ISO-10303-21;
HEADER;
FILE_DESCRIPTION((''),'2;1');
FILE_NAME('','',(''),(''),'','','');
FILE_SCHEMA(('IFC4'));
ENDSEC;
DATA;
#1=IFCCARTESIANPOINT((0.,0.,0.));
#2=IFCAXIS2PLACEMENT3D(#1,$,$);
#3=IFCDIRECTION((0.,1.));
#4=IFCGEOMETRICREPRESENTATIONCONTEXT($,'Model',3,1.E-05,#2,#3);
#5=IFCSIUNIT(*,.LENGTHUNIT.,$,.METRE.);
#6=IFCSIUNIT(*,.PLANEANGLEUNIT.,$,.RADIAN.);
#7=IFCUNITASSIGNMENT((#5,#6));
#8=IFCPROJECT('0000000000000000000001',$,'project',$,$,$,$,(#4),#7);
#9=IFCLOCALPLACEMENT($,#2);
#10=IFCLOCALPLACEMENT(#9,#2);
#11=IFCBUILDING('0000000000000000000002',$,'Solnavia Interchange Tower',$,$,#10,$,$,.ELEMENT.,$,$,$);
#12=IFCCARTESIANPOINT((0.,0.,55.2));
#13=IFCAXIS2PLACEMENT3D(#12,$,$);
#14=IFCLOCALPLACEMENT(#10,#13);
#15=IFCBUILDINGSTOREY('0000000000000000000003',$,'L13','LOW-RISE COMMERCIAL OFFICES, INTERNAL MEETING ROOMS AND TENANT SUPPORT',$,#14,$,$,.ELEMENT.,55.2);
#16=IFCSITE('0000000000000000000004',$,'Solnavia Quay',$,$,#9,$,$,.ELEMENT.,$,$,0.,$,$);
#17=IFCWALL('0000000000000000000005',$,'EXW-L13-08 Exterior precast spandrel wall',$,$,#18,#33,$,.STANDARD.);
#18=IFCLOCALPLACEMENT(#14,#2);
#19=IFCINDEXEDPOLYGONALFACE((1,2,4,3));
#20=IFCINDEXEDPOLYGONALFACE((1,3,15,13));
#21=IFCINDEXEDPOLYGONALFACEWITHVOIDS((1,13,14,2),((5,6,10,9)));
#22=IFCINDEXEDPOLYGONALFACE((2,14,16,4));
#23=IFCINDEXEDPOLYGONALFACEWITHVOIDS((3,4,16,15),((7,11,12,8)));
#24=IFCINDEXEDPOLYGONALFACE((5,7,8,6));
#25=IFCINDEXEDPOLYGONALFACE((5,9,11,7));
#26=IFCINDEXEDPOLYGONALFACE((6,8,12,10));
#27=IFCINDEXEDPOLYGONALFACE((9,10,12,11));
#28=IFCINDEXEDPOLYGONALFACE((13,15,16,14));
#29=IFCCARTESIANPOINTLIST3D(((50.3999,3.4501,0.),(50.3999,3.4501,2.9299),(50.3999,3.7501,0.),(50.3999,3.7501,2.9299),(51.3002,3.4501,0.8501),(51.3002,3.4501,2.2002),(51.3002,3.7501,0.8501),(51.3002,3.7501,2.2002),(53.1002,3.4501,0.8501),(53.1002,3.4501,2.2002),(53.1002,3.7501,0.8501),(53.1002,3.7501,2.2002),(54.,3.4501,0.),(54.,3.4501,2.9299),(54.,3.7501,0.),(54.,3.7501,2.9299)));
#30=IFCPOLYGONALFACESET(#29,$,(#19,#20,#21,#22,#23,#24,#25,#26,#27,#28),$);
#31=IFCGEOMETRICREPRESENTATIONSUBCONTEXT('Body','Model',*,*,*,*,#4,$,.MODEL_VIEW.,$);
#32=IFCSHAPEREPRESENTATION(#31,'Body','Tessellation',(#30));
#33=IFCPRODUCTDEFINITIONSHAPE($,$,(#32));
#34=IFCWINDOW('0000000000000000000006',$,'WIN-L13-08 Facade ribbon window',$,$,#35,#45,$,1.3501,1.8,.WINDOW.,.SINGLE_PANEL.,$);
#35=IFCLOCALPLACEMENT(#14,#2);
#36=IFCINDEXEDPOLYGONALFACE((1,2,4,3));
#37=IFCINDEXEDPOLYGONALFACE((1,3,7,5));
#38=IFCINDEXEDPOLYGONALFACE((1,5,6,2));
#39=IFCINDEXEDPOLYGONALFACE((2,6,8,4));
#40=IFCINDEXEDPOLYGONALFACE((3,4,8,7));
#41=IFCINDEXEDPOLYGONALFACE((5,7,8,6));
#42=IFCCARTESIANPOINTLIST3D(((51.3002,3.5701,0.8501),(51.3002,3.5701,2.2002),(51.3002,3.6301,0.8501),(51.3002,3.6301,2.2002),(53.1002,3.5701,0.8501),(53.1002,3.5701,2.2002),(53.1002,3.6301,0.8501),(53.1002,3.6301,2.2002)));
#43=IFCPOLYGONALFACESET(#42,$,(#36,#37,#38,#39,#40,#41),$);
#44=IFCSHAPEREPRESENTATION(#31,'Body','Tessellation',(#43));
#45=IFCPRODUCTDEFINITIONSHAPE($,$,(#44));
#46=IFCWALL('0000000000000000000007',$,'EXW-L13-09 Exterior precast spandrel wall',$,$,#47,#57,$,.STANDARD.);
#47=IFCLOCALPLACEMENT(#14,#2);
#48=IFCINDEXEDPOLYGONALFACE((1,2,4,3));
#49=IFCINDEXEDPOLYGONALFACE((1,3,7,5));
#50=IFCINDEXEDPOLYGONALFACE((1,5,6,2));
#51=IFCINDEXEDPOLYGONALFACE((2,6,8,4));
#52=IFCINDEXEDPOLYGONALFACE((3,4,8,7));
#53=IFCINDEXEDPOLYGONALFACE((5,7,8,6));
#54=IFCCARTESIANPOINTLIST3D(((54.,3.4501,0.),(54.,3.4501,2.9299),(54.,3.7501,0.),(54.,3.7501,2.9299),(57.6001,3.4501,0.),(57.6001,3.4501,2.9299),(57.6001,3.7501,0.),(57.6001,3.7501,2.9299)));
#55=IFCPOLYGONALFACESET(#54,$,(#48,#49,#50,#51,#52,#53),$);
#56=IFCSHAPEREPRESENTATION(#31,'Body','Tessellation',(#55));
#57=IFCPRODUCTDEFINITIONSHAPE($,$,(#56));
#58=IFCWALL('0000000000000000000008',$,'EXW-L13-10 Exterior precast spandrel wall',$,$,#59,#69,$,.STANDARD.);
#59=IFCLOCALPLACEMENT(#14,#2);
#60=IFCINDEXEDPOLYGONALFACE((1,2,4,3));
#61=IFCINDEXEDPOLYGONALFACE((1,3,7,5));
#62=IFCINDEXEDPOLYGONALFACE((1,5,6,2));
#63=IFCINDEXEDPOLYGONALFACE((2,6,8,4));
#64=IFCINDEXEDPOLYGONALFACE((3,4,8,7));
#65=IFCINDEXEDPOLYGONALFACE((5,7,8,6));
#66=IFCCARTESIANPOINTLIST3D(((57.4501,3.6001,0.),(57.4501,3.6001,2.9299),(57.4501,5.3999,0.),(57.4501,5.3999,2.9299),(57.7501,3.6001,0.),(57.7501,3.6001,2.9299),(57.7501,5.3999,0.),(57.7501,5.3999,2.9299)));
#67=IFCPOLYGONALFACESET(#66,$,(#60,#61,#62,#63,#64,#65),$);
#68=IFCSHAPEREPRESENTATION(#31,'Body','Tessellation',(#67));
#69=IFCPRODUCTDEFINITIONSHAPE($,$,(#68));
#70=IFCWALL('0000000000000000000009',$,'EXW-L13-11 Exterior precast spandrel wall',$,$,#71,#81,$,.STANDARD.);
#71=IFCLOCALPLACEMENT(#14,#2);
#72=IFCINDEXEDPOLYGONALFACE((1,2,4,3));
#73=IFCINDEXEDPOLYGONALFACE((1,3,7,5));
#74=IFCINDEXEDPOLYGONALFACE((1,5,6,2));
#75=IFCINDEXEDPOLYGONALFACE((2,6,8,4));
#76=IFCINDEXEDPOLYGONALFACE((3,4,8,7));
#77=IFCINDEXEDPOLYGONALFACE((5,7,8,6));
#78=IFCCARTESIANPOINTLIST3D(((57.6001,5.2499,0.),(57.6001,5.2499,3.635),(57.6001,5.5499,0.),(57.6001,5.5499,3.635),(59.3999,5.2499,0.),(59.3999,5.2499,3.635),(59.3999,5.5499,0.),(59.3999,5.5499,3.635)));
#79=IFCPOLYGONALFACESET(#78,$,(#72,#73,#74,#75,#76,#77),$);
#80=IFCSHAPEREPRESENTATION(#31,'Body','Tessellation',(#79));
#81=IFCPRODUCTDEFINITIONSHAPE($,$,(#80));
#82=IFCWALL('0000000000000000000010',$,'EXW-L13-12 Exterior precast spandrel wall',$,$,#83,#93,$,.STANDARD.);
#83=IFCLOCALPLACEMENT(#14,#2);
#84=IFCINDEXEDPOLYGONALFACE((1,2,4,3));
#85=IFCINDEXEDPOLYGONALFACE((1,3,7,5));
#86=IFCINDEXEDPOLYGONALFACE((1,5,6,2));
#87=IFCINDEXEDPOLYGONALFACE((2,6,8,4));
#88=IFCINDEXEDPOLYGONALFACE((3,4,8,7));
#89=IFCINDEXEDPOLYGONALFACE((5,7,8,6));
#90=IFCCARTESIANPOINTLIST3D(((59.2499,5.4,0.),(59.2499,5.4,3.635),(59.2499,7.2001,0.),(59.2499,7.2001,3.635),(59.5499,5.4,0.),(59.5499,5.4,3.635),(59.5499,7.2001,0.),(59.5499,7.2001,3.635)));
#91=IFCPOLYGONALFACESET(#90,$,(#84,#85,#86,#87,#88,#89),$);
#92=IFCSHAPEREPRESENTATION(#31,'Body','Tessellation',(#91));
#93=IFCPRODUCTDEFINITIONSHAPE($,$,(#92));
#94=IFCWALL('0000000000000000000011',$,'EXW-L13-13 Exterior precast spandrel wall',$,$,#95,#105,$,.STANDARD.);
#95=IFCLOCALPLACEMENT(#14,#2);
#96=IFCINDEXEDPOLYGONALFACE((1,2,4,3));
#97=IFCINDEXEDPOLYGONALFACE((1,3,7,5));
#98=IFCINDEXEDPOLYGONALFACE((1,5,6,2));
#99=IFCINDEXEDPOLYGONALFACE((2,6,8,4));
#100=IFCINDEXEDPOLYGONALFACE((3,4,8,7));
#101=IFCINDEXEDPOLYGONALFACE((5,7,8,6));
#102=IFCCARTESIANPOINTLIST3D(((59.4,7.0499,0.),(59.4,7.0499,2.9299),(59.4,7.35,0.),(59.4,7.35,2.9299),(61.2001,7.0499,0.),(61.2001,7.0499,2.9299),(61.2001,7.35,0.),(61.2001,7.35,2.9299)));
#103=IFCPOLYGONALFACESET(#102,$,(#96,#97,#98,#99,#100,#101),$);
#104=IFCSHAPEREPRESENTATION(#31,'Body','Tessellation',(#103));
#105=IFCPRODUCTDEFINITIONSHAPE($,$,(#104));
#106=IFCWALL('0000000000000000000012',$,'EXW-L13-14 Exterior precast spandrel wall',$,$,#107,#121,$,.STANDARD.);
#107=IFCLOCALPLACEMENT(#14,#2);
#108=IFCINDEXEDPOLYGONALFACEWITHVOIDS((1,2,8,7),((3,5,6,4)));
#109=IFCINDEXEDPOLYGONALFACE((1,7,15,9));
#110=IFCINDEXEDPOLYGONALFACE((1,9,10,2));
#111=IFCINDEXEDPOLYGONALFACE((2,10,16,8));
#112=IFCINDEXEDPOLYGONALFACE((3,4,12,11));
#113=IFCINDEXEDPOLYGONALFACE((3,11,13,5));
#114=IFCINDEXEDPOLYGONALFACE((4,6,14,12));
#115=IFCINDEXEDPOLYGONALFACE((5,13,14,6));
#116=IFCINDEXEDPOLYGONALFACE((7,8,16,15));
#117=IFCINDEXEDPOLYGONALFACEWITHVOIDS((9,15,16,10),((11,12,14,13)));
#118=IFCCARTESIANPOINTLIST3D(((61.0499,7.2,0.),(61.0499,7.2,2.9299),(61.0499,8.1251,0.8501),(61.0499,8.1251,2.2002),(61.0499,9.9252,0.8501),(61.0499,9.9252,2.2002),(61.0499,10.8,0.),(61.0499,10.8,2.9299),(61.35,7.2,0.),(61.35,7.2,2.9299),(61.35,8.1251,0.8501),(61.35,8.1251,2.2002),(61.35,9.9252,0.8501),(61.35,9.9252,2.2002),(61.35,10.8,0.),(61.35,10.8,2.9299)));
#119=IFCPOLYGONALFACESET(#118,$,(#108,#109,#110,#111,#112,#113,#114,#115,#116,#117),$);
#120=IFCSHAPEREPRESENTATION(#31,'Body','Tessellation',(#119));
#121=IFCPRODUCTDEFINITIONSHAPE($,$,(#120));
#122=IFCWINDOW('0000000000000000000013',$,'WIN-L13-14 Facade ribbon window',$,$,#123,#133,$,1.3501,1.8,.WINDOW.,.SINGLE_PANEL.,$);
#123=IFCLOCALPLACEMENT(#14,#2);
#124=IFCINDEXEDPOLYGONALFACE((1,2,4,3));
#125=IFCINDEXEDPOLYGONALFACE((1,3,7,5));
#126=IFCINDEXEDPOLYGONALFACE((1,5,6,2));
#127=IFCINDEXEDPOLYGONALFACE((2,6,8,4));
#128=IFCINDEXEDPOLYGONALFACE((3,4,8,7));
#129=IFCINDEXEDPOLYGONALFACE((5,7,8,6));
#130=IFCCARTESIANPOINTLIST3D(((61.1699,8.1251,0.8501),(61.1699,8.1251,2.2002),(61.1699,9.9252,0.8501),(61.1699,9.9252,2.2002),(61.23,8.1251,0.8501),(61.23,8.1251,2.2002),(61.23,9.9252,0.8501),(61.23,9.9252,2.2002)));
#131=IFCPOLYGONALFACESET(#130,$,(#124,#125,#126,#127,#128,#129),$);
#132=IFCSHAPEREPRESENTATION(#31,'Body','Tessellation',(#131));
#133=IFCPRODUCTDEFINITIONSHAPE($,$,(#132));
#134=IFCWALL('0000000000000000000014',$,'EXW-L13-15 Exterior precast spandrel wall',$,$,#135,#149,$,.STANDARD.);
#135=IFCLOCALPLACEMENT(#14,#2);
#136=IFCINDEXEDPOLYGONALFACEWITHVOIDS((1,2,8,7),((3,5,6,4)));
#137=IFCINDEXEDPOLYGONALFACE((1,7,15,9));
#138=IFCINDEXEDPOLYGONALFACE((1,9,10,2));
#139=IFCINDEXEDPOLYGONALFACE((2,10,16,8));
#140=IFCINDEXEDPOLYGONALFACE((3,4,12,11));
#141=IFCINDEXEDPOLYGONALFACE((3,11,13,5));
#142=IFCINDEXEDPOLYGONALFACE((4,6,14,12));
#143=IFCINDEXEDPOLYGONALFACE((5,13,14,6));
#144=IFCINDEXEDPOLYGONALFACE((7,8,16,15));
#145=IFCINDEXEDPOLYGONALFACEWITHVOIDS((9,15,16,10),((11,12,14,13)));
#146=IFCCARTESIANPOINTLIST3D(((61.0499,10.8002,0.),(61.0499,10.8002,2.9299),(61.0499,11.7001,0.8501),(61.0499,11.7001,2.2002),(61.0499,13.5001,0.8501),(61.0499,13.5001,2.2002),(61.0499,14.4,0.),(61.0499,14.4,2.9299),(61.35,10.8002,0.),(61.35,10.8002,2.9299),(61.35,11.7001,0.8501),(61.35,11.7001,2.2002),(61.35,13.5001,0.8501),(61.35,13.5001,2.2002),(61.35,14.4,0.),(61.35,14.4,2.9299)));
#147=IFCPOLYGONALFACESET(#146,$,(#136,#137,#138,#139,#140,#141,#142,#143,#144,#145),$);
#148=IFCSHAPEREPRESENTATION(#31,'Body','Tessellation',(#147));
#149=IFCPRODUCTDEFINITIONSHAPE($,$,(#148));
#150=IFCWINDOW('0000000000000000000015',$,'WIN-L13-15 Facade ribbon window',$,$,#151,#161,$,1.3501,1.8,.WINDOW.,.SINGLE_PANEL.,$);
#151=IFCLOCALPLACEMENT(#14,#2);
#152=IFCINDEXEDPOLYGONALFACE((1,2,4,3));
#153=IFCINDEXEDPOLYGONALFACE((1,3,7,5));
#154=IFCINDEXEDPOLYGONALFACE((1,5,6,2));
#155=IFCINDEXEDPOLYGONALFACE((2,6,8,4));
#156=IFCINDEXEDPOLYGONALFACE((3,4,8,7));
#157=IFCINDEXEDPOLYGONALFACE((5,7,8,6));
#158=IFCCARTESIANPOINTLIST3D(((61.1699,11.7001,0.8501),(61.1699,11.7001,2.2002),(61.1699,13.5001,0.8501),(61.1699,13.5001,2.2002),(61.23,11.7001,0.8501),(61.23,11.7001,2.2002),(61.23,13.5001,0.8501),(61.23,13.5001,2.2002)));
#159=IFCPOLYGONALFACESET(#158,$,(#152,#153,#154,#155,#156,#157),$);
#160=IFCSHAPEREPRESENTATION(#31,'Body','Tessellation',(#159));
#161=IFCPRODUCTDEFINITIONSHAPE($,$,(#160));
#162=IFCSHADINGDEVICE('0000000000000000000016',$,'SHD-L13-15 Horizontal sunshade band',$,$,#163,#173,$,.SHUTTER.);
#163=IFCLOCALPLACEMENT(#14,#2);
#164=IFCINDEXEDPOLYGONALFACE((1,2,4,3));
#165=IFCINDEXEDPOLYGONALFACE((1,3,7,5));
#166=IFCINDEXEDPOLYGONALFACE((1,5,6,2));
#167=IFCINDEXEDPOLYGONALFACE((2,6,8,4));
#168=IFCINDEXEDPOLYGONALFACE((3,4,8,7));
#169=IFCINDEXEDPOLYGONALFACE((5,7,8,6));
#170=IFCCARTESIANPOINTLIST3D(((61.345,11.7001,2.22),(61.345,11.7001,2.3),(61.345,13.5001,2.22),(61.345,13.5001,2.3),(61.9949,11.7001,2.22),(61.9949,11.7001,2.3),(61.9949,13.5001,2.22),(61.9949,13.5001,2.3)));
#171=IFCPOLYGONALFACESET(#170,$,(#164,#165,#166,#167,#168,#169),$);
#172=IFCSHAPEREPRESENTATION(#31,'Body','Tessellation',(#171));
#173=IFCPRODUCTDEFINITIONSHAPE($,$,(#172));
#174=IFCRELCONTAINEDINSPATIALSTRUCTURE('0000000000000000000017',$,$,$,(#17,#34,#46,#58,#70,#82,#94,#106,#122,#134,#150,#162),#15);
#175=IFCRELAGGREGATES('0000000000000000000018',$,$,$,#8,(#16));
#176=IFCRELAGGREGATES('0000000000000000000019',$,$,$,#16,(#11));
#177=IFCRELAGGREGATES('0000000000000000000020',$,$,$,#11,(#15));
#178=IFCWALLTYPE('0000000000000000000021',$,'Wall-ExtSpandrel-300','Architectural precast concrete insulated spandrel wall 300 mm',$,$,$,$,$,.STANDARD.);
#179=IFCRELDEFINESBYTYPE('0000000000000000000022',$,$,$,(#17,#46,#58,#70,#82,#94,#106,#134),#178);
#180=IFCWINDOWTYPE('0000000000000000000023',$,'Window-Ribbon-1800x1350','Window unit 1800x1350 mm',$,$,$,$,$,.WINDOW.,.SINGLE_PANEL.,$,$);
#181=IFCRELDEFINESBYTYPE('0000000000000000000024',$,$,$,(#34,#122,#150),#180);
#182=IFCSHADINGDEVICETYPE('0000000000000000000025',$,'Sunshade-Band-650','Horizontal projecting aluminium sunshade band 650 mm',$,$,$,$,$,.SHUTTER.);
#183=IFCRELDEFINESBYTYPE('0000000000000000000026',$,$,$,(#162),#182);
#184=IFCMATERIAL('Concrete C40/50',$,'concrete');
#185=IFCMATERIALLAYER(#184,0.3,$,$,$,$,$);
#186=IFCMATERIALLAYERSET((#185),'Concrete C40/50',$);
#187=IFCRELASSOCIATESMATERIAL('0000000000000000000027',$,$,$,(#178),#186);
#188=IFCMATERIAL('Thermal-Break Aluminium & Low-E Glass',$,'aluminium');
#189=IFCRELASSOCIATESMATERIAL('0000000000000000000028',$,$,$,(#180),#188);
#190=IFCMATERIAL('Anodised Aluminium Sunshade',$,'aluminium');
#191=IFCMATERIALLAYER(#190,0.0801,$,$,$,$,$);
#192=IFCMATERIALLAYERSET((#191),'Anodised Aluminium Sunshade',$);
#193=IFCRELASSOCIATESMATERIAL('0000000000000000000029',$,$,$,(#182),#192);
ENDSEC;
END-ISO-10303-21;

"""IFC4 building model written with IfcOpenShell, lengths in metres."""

from ifc_helpers import new_model, si_unit, direction, frame, frame_2d, origin, origin_2d, place, context, subcontext, project, spatial, rectangle, extrude, material, layer, layer_set, type_object, element, fill, save


model = new_model("IFC4")

# Units and contexts
model_context = context("Model", 3, precision=1e-05, world=origin(), true_north=direction((0.0, 1.0)))
body_context = subcontext(model_context, "Body", "Model", "MODEL_VIEW")
ifc_project = project(units=[si_unit("LENGTHUNIT", "METRE"), si_unit("PLANEANGLEUNIT", "RADIAN")], contexts=[model_context])

# Site, building, storey
site_placement = place(None, origin())
site = spatial("IfcSite", under=ifc_project, at=site_placement, Name="Solnavia Quay", CompositionType="ELEMENT", RefElevation=0.0)
building_placement = place(site_placement, origin())
building = spatial("IfcBuilding", under=site, at=building_placement, Name="Solnavia Interchange Tower", CompositionType="ELEMENT")
storey_placement = place(building_placement, frame((0.0, 0.0, 55.2)))
storey = spatial("IfcBuildingStorey", under=building, at=storey_placement, Name="L13", Description="LOW-RISE COMMERCIAL OFFICES, INTERNAL MEETING ROOMS AND TENANT SUPPORT", CompositionType="ELEMENT", Elevation=55.2)

# Wall, opening, window
ifc_material_1 = material(Name="Concrete C40/50", Category="concrete")
ifc_layer_1 = layer(ifc_material_1, 0.3)
ifc_layer_set_1 = layer_set([ifc_layer_1], Name="Concrete C40/50")
wall_type_1 = type_object("IfcWallType", Name="Wall-ExtSpandrel-300", Description="Architectural precast concrete insulated spandrel wall 300 mm", PredefinedType="STANDARD", material=ifc_layer_set_1)
wall_1_placement = place(storey_placement, frame((54.0, 3.6001, 0.0), z_axis=(0.0, 0.0, 1.0), x_axis=(-1.0, 0.0, 0.0)))
wall_1 = element("IfcWall", 1, at=wall_1_placement, inside=storey, type_object=wall_type_1, Name="EXW-L13-08 Exterior precast spandrel wall", PredefinedType="STANDARD", context=body_context, shape_type="SweptSolid", body=[
    extrude(rectangle(XDim=3.6001, YDim=0.3, at=frame_2d((1.8, 0.0))), origin(), (0.0, 0.0, 1.0), 2.9299),
])
opening_1_placement = place(wall_1_placement, frame((0.8999, 0.0, 0.8501)))
opening_1 = element("IfcOpeningElement", 2, at=opening_1_placement, cuts=wall_1, PredefinedType="OPENING", context=body_context, shape_type="SweptSolid", body=[
    extrude(rectangle(XDim=1.8, YDim=1.3501, at=frame_2d((0.8999, 0.675))), frame((0.0, 0.1602, 0.0), z_axis=(0.0, -1.0, 0.0), x_axis=(1.0, 0.0, 0.0)), (0.0, 0.0, 1.0), 0.3201),
])
ifc_material_2 = material(Name="Thermal-Break Aluminium & Low-E Glass", Category="aluminium")
window_type = type_object("IfcWindowType", Name="Window-Ribbon-1800x1350", Description="Window unit 1800x1350 mm", PartitioningType="SINGLE_PANEL", PredefinedType="WINDOW", material=ifc_material_2)
window_1_placement = place(opening_1_placement, origin())
window_1 = element("IfcWindow", 3, at=window_1_placement, inside=storey, type_object=window_type, Name="WIN-L13-08 Facade ribbon window", OverallHeight=1.3501, OverallWidth=1.8, PartitioningType="SINGLE_PANEL", PredefinedType="WINDOW", context=body_context, shape_type="SweptSolid", body=[
    extrude(rectangle(XDim=1.8, YDim=1.3501, at=frame_2d((0.8999, 0.675))), frame((0.0, 0.03, 0.0), z_axis=(0.0, -1.0, 0.0), x_axis=(1.0, 0.0, 0.0)), (0.0, 0.0, 1.0), 0.0601),
])
fill(opening_1, window_1)

# Walls
wall_2_placement = place(storey_placement, frame((57.6001, 3.6001, 0.0), z_axis=(0.0, 0.0, 1.0), x_axis=(-1.0, 0.0, 0.0)))
element("IfcWall", 4, at=wall_2_placement, inside=storey, type_object=wall_type_1, Name="EXW-L13-09 Exterior precast spandrel wall", PredefinedType="STANDARD", context=body_context, shape_type="SweptSolid", body=[
    extrude(rectangle(XDim=3.6001, YDim=0.3, at=frame_2d((1.8, 0.0))), origin(), (0.0, 0.0, 1.0), 2.9299),
])
wall_3_placement = place(storey_placement, frame((57.6001, 5.3999, 0.0), z_axis=(0.0, 0.0, 1.0), x_axis=(0.0, -1.0, 0.0)))
element("IfcWall", 5, at=wall_3_placement, inside=storey, type_object=wall_type_1, Name="EXW-L13-10 Exterior precast spandrel wall", PredefinedType="STANDARD", context=body_context, shape_type="SweptSolid", body=[
    extrude(rectangle(XDim=1.7998, YDim=0.3, at=frame_2d((0.8999, 0.0))), origin(), (0.0, 0.0, 1.0), 2.9299),
])
wall_4_placement = place(storey_placement, frame((59.3999, 5.3999, 0.0), z_axis=(0.0, 0.0, 1.0), x_axis=(-1.0, 0.0, 0.0)))
element("IfcWall", 6, at=wall_4_placement, inside=storey, type_object=wall_type_1, Name="EXW-L13-11 Exterior precast spandrel wall", PredefinedType="STANDARD", context=body_context, shape_type="SweptSolid", body=[
    extrude(rectangle(XDim=1.7998, YDim=0.3, at=frame_2d((0.8999, 0.0))), origin(), (0.0, 0.0, 1.0), 3.635),
])
wall_5_placement = place(storey_placement, frame((59.3999, 7.2, 0.0), z_axis=(0.0, 0.0, 1.0), x_axis=(0.0, -1.0, 0.0)))
element("IfcWall", 7, at=wall_5_placement, inside=storey, type_object=wall_type_1, Name="EXW-L13-12 Exterior precast spandrel wall", PredefinedType="STANDARD", context=body_context, shape_type="SweptSolid", body=[
    extrude(rectangle(XDim=1.8, YDim=0.3, at=frame_2d((0.8999, 0.0))), origin(), (0.0, 0.0, 1.0), 3.635),
])
wall_6_placement = place(storey_placement, frame((61.2, 7.2, 0.0), z_axis=(0.0, 0.0, 1.0), x_axis=(-1.0, 0.0, 0.0)))
element("IfcWall", 8, at=wall_6_placement, inside=storey, type_object=wall_type_1, Name="EXW-L13-13 Exterior precast spandrel wall", PredefinedType="STANDARD", context=body_context, shape_type="SweptSolid", body=[
    extrude(rectangle(XDim=1.8, YDim=0.3, at=frame_2d((0.8999, 0.0))), origin(), (0.0, 0.0, 1.0), 2.9299),
])

# Walls, openings, windows
wall_7_placement = place(storey_placement, frame((61.2, 10.8, 0.0), z_axis=(0.0, 0.0, 1.0), x_axis=(0.0, -1.0, 0.0)))
wall_7 = element("IfcWall", 9, at=wall_7_placement, inside=storey, type_object=wall_type_1, Name="EXW-L13-14 Exterior precast spandrel wall", PredefinedType="STANDARD", context=body_context, shape_type="SweptSolid", body=[
    extrude(rectangle(XDim=3.6001, YDim=0.3, at=frame_2d((1.8, 0.0))), origin(), (0.0, 0.0, 1.0), 2.9299),
])
opening_2_placement = place(wall_7_placement, frame((0.875, 0.0, 0.8501)))
opening_2 = element("IfcOpeningElement", 10, at=opening_2_placement, cuts=wall_7, PredefinedType="OPENING", context=body_context, shape_type="SweptSolid", body=[
    extrude(rectangle(XDim=1.8, YDim=1.3501, at=frame_2d((0.8999, 0.675))), frame((0.0, 0.1602, 0.0), z_axis=(0.0, -1.0, 0.0), x_axis=(1.0, 0.0, 0.0)), (0.0, 0.0, 1.0), 0.3201),
])
window_2_placement = place(opening_2_placement, origin())
window_2 = element("IfcWindow", 11, at=window_2_placement, inside=storey, type_object=window_type, Name="WIN-L13-14 Facade ribbon window", OverallHeight=1.3501, OverallWidth=1.8, PartitioningType="SINGLE_PANEL", PredefinedType="WINDOW", context=body_context, shape_type="SweptSolid", body=[
    extrude(rectangle(XDim=1.8, YDim=1.3501, at=frame_2d((0.8999, 0.675))), frame((0.0, 0.03, 0.0), z_axis=(0.0, -1.0, 0.0), x_axis=(1.0, 0.0, 0.0)), (0.0, 0.0, 1.0), 0.0601),
])
fill(opening_2, window_2)
wall_8_placement = place(storey_placement, frame((61.2, 14.3999, 0.0), z_axis=(0.0, 0.0, 1.0), x_axis=(0.0, -1.0, 0.0)))
wall_8 = element("IfcWall", 12, at=wall_8_placement, inside=storey, type_object=wall_type_1, Name="EXW-L13-15 Exterior precast spandrel wall", PredefinedType="STANDARD", context=body_context, shape_type="SweptSolid", body=[
    extrude(rectangle(XDim=3.5999, YDim=0.3, at=frame_2d((1.7998, 0.0))), origin(), (0.0, 0.0, 1.0), 2.9299),
])
opening_3_placement = place(wall_8_placement, frame((0.8999, 0.0, 0.8501)))
opening_3 = element("IfcOpeningElement", 13, at=opening_3_placement, cuts=wall_8, PredefinedType="OPENING", context=body_context, shape_type="SweptSolid", body=[
    extrude(rectangle(XDim=1.8, YDim=1.3501, at=frame_2d((0.8999, 0.675))), frame((0.0, 0.1602, 0.0), z_axis=(0.0, -1.0, 0.0), x_axis=(1.0, 0.0, 0.0)), (0.0, 0.0, 1.0), 0.3201),
])
window_3_placement = place(opening_3_placement, origin())
window_3 = element("IfcWindow", 14, at=window_3_placement, inside=storey, type_object=window_type, Name="WIN-L13-15 Facade ribbon window", OverallHeight=1.3501, OverallWidth=1.8, PartitioningType="SINGLE_PANEL", PredefinedType="WINDOW", context=body_context, shape_type="SweptSolid", body=[
    extrude(rectangle(XDim=1.8, YDim=1.3501, at=frame_2d((0.8999, 0.675))), frame((0.0, 0.03, 0.0), z_axis=(0.0, -1.0, 0.0), x_axis=(1.0, 0.0, 0.0)), (0.0, 0.0, 1.0), 0.0601),
])
fill(opening_3, window_3)

# Shading device
ifc_material_3 = material(Name="Anodised Aluminium Sunshade", Category="aluminium")
ifc_layer_2 = layer(ifc_material_3, 0.0801)
ifc_layer_set_2 = layer_set([ifc_layer_2], Name="Anodised Aluminium Sunshade")
shading_device_type = type_object("IfcShadingDeviceType", Name="Sunshade-Band-650", Description="Horizontal projecting aluminium sunshade band 650 mm", PredefinedType="SHUTTER", material=ifc_layer_set_2)
shading_device_placement = place(storey_placement, frame((61.6699, 12.6001, 2.22), z_axis=(0.0, 0.0, 1.0), x_axis=(0.0, -1.0, 0.0)))
element("IfcShadingDevice", 15, at=shading_device_placement, inside=storey, type_object=shading_device_type, Name="SHD-L13-15 Horizontal sunshade band", PredefinedType="SHUTTER", context=body_context, shape_type="SweptSolid", body=[
    extrude(rectangle(XDim=1.8, YDim=0.6499, at=origin_2d()), origin(), (0.0, 0.0, 1.0), 0.0801),
])

save(model, "model.ifc")
